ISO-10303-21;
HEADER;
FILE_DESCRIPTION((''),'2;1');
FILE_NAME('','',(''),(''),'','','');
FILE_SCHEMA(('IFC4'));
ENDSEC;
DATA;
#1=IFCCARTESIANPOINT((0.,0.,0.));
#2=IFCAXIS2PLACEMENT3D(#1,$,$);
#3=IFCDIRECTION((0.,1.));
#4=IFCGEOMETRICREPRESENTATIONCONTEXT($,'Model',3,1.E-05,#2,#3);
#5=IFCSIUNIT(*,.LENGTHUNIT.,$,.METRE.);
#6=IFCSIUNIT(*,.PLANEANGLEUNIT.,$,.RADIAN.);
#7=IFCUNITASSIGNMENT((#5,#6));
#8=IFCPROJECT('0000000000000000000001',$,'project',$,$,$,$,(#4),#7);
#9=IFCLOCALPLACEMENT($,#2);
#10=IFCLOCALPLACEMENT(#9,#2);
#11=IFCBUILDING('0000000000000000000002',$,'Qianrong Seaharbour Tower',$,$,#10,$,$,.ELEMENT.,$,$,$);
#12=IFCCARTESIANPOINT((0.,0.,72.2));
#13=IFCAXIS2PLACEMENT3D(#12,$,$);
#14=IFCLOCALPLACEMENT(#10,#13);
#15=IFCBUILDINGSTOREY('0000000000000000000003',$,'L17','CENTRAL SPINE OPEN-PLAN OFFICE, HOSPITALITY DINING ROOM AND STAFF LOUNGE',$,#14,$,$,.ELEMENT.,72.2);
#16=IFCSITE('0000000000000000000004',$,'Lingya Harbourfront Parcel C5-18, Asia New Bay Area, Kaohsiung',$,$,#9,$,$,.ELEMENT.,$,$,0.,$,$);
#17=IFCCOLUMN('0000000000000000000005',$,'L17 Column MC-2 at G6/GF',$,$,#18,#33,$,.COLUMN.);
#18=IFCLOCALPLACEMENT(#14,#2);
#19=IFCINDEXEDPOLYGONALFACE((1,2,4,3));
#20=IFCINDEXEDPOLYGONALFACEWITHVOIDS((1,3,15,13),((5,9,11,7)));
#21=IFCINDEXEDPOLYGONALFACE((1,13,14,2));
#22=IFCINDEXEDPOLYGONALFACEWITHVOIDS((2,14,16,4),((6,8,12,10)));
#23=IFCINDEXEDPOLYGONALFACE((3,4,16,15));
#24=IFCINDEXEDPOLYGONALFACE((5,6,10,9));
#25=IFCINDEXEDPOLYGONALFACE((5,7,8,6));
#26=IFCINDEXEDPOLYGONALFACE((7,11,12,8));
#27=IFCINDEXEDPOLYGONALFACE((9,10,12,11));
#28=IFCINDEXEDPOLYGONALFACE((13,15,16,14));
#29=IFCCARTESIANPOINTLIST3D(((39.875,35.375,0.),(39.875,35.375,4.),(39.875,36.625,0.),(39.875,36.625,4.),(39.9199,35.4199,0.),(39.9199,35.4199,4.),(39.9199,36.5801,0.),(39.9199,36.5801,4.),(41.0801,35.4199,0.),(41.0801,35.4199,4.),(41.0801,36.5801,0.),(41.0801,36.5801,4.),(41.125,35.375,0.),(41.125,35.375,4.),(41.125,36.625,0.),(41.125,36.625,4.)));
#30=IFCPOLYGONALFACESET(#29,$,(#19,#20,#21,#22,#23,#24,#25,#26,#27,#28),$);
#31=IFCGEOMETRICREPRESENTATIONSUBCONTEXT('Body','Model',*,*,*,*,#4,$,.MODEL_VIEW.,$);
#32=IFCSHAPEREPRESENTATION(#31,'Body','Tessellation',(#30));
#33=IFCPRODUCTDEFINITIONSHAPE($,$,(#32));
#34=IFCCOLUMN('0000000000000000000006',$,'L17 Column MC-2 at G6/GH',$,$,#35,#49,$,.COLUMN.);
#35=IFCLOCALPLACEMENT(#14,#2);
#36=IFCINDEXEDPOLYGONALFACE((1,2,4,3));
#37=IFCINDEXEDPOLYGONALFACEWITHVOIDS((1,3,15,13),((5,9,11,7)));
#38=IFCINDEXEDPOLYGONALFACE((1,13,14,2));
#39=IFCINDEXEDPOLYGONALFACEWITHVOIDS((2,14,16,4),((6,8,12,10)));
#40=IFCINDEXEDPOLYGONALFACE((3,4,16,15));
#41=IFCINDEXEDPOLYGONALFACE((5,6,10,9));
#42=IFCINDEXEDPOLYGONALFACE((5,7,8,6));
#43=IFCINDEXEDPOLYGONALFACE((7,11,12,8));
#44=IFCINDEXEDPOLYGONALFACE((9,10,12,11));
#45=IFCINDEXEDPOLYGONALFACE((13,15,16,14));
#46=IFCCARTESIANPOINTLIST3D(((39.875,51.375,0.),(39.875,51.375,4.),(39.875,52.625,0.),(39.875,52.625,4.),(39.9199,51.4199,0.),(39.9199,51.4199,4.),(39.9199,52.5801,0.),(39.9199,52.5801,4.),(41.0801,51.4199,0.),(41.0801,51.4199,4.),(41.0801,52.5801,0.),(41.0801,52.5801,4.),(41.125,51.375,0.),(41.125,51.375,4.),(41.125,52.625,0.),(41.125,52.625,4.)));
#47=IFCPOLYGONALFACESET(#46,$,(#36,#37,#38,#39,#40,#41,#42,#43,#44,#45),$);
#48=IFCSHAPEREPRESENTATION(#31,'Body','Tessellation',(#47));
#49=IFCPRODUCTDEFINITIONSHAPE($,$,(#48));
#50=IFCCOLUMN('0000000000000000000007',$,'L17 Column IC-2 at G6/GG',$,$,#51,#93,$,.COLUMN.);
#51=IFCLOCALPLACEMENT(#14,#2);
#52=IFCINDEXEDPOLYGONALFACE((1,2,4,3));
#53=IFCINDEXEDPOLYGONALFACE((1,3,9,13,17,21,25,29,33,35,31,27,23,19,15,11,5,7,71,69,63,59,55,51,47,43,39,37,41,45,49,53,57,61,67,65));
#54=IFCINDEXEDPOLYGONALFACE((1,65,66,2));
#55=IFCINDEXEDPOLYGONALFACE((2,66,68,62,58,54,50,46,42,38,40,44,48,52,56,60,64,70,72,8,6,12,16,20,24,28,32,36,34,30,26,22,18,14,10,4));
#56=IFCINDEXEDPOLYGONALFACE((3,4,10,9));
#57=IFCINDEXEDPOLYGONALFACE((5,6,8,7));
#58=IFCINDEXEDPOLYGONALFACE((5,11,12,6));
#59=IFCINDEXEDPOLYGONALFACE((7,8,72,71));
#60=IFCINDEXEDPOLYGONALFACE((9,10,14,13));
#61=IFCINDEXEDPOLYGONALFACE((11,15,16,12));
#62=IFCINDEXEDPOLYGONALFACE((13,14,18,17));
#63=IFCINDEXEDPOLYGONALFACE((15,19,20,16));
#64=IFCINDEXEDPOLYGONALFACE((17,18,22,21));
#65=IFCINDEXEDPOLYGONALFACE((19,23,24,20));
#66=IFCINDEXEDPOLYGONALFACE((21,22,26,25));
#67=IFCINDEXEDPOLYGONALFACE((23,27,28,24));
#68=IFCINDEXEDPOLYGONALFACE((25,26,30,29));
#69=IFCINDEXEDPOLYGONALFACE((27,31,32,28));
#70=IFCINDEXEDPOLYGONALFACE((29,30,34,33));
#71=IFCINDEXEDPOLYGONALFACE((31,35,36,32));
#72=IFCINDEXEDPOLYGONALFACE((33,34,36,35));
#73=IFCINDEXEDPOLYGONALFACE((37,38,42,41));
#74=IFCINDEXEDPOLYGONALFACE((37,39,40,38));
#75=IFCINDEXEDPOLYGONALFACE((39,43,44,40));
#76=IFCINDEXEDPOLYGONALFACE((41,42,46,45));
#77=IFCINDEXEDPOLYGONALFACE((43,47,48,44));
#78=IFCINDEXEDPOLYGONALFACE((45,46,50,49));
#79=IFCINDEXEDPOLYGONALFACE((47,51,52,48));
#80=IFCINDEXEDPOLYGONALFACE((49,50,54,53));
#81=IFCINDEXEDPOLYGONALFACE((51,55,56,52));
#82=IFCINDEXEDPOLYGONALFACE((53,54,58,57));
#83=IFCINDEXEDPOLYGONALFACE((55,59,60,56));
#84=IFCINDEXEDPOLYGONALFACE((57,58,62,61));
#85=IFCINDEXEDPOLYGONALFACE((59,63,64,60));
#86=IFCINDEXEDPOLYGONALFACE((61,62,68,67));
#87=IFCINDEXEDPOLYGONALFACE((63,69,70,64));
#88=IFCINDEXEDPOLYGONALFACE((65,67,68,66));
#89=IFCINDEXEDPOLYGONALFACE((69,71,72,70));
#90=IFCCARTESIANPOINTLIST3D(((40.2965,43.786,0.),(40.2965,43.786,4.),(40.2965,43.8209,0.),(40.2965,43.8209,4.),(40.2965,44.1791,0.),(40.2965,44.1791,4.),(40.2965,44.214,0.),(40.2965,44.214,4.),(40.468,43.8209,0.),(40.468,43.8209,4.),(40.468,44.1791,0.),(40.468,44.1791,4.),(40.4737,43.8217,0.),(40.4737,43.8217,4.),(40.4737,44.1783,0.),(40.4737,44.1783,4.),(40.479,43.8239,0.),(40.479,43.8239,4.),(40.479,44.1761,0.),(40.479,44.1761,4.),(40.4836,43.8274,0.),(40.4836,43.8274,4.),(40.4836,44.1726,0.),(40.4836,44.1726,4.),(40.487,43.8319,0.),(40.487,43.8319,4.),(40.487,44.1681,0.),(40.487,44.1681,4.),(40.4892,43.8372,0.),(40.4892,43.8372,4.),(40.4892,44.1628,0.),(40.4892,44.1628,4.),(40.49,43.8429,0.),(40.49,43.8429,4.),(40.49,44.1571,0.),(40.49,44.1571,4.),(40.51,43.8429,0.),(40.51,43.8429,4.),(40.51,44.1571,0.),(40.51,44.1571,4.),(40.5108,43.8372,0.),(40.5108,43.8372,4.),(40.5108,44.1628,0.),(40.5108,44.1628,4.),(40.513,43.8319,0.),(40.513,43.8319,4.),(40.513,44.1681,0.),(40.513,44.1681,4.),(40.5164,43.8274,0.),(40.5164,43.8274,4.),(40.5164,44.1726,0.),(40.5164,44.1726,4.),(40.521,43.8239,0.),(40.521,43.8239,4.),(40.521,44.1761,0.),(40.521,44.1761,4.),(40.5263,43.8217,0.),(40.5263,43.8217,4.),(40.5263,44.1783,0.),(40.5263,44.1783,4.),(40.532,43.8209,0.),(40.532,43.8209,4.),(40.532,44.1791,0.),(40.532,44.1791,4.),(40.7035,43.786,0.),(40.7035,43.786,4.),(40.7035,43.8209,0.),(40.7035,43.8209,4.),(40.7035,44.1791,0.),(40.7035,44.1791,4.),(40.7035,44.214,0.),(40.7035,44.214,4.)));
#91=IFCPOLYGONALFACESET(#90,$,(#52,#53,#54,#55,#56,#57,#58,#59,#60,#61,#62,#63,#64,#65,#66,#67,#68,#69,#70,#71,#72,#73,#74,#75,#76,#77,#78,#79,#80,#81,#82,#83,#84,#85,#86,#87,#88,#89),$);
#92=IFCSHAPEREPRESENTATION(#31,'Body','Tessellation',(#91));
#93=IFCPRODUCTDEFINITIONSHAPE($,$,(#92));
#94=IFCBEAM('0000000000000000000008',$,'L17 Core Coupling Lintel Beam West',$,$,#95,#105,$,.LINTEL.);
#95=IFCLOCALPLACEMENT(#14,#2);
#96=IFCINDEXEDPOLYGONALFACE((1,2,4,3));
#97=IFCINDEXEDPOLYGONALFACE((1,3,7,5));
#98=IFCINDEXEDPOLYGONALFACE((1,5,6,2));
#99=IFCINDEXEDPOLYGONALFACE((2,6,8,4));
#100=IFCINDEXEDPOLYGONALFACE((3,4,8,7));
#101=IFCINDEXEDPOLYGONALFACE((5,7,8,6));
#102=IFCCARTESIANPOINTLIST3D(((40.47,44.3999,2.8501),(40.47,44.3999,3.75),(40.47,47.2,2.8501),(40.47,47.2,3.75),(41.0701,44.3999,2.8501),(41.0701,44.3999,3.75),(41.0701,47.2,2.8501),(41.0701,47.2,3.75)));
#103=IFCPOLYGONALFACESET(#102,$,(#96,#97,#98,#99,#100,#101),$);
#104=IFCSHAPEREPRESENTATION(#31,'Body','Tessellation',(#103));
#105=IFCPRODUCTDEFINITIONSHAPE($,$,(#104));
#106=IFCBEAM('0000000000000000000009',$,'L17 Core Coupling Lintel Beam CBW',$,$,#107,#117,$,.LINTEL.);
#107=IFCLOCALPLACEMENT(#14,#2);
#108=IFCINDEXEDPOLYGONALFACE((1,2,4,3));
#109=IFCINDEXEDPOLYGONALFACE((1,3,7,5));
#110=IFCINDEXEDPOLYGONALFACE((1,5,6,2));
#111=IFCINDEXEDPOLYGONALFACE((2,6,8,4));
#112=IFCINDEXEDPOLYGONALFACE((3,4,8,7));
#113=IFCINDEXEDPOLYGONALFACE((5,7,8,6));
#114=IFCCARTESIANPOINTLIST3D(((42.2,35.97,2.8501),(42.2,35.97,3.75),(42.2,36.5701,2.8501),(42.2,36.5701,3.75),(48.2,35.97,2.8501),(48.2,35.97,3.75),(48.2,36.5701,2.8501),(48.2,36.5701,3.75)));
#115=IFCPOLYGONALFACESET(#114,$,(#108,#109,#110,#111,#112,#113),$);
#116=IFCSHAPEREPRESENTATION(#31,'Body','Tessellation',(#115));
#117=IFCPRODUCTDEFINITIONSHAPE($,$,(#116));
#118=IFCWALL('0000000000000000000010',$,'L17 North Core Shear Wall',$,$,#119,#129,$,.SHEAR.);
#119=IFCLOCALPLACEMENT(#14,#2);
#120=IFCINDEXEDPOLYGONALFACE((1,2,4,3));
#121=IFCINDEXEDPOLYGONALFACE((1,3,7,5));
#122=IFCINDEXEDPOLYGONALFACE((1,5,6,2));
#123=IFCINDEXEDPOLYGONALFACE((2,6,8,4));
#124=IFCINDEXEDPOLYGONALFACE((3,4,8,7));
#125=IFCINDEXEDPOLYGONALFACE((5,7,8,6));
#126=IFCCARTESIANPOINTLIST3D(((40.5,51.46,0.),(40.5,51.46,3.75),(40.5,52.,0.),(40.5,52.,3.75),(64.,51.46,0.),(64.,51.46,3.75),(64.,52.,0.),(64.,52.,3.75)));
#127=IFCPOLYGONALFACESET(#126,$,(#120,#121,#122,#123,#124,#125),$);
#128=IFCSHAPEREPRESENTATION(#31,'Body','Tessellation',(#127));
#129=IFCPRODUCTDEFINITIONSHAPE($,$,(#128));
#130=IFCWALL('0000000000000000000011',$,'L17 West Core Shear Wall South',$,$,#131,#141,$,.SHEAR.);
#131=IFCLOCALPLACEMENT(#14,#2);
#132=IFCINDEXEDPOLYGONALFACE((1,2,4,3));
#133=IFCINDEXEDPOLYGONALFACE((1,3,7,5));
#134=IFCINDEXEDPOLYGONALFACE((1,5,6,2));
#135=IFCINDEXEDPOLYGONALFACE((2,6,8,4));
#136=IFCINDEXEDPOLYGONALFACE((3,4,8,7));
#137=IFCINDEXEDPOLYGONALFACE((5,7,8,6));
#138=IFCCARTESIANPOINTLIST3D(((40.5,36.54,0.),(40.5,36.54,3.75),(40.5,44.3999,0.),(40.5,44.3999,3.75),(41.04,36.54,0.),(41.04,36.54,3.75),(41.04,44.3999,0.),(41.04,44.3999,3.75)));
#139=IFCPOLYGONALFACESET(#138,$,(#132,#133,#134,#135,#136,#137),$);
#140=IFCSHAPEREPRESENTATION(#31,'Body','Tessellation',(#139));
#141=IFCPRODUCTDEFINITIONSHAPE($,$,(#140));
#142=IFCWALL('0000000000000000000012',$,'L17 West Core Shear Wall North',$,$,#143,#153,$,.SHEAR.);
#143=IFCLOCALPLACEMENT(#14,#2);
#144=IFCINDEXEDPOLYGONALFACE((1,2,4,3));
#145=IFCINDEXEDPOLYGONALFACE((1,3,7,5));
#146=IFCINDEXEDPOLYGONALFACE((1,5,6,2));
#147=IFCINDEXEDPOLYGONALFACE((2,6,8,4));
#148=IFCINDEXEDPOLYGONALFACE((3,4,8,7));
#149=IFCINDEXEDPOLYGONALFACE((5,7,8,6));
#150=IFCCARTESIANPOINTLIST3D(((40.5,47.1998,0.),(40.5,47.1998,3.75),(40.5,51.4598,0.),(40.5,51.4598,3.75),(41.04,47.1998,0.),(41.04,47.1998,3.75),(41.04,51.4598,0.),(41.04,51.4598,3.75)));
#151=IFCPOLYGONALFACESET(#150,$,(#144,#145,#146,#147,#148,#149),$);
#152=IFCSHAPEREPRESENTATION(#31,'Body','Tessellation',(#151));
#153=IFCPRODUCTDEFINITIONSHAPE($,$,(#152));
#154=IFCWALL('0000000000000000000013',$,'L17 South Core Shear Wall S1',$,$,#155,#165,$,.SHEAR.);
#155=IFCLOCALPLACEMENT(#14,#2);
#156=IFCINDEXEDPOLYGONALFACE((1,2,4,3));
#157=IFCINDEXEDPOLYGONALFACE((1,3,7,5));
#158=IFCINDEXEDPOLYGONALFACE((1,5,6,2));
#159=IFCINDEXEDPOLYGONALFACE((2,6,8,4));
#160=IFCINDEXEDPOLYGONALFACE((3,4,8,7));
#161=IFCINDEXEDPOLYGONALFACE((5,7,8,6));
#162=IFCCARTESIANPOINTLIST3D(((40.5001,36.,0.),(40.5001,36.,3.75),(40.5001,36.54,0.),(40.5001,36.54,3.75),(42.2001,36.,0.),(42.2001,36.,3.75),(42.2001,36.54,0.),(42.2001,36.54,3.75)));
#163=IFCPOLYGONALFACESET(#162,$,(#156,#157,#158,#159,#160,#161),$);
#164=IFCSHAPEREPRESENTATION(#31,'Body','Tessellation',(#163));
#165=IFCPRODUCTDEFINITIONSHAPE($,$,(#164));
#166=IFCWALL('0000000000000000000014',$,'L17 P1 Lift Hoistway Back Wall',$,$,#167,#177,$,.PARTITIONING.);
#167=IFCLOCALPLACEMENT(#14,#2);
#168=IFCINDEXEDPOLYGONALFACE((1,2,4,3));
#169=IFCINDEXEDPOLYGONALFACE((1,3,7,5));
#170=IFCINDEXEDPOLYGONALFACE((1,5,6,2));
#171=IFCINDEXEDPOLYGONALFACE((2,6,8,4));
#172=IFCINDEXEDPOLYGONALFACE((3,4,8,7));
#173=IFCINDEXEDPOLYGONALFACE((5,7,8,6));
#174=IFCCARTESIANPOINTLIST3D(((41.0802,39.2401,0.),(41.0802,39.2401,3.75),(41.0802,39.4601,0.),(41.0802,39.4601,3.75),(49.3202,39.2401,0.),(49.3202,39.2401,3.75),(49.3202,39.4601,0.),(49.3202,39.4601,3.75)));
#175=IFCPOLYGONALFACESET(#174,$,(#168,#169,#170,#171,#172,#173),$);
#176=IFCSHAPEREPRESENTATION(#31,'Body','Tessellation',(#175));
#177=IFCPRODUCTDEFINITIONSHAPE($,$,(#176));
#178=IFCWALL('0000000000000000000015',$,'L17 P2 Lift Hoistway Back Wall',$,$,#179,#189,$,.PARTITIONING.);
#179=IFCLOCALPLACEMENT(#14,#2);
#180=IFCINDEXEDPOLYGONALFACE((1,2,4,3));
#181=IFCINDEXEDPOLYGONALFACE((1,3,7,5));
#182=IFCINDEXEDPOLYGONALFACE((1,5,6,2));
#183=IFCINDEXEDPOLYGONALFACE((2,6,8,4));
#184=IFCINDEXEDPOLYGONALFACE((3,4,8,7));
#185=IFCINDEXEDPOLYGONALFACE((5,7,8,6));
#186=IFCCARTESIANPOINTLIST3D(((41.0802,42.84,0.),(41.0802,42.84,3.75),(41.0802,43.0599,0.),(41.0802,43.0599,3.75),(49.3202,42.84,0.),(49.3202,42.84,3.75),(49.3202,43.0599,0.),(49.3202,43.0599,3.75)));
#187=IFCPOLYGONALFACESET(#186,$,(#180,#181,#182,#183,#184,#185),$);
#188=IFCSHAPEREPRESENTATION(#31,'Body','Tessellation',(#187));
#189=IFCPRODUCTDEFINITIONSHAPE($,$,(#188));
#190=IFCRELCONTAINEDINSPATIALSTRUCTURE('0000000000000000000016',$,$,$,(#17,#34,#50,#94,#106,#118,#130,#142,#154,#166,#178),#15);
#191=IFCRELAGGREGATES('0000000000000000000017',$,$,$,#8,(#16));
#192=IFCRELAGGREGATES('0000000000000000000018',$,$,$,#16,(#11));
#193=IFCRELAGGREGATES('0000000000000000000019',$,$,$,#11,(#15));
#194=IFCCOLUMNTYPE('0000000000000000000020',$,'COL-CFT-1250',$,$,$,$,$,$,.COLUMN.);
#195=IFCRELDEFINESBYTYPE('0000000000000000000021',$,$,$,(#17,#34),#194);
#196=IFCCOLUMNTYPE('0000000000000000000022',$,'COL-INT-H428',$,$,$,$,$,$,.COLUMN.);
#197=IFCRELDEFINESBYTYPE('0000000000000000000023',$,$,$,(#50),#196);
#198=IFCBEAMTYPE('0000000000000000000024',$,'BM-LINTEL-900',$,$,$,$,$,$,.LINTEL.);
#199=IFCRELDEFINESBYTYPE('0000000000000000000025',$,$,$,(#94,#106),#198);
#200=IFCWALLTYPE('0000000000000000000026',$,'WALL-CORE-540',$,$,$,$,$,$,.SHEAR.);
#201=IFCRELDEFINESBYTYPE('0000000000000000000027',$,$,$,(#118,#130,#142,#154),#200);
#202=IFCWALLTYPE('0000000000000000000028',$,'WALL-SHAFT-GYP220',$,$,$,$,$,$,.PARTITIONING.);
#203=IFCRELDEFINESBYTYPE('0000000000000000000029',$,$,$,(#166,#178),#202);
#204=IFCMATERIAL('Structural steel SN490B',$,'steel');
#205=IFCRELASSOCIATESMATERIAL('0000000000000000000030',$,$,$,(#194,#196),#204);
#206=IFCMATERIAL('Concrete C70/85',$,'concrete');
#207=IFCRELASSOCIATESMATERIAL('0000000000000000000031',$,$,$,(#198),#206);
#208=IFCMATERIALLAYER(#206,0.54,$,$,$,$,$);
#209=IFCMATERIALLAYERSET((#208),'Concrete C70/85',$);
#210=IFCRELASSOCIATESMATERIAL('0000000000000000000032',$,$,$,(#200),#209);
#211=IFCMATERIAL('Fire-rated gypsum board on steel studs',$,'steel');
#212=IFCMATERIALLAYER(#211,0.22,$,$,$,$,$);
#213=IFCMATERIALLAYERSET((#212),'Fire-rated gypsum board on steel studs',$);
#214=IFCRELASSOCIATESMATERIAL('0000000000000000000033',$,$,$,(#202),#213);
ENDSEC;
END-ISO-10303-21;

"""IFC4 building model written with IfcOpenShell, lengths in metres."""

from ifc_helpers import new_model, si_unit, direction, frame, frame_2d, origin, origin_2d, place, context, subcontext, project, spatial, rectangle, hollow_rectangle, i_section, extrude, material, layer, layer_set, material_profile, profile_set, type_object, element, save


model = new_model("IFC4")

# Units and contexts
model_context = context("Model", 3, precision=1e-05, world=origin(), true_north=direction((0.0, 1.0)))
body_context = subcontext(model_context, "Body", "Model", "MODEL_VIEW")
ifc_project = project(units=[si_unit("LENGTHUNIT", "METRE"), si_unit("PLANEANGLEUNIT", "RADIAN")], contexts=[model_context])

# Site, building, storey
site_placement = place(None, origin())
site = spatial("IfcSite", under=ifc_project, at=site_placement, Name="Lingya Harbourfront Parcel C5-18, Asia New Bay Area, Kaohsiung", CompositionType="ELEMENT", RefElevation=0.0)
building_placement = place(site_placement, origin())
building = spatial("IfcBuilding", under=site, at=building_placement, Name="Qianrong Seaharbour Tower", CompositionType="ELEMENT")
storey_placement = place(building_placement, frame((0.0, 0.0, 72.2)))
storey = spatial("IfcBuildingStorey", under=building, at=storey_placement, Name="L17", Description="CENTRAL SPINE OPEN-PLAN OFFICE, HOSPITALITY DINING ROOM AND STAFF LOUNGE", CompositionType="ELEMENT", Elevation=72.2)

# Columns
ifc_material_1 = material(Name="Structural steel SN490B", Category="steel")
ifc_material_profile_1 = material_profile(ifc_material_1, hollow_rectangle(XDim=1.25, YDim=1.25, WallThickness=0.0449, at=origin_2d()), Name="BOX1250x1250x45")
ifc_profile_set_1 = profile_set([ifc_material_profile_1], Name="Structural steel SN490B")
column_type_1 = type_object("IfcColumnType", Name="COL-CFT-1250", PredefinedType="COLUMN", material=ifc_profile_set_1)
for number, where, z_axis, x_axis, name in (
    (1, (40.5, 36.0, 0.0), (0.0, 0.0, 1.0), (1.0, 0.0, 0.0), "L17 Column MC-2 at G6/GF"),
    (2, (40.5, 52.0, 0.0), (0.0, 0.0, 1.0), (1.0, 0.0, 0.0), "L17 Column MC-2 at G6/GH"),
):
    element("IfcColumn", number, at=place(storey_placement, frame(where, z_axis=z_axis, x_axis=x_axis)), inside=storey, type_object=column_type_1, Name=name, PredefinedType="COLUMN", context=body_context, shape_type="SweptSolid", body=[
        extrude(hollow_rectangle(XDim=1.25, YDim=1.25, WallThickness=0.0449, at=origin_2d()), origin(), (0.0, 0.0, 1.0), 4.0),
    ])
ifc_material_profile_2 = material_profile(ifc_material_1, i_section(OverallWidth=0.407, OverallDepth=0.428, WebThickness=0.02, FlangeThickness=0.0349, FilletRadius=0.022, at=origin_2d()), Name="H428x407x20x35")
ifc_profile_set_2 = profile_set([ifc_material_profile_2], Name="Structural steel SN490B")
column_type_2 = type_object("IfcColumnType", Name="COL-INT-H428", PredefinedType="COLUMN", material=ifc_profile_set_2)
column_placement = place(storey_placement, frame((40.5, 44.0, 0.0), z_axis=(0.0, 0.0, 1.0), x_axis=(1.0, 0.0, 0.0)))
element("IfcColumn", 3, at=column_placement, inside=storey, type_object=column_type_2, Name="L17 Column IC-2 at G6/GG", PredefinedType="COLUMN", context=body_context, shape_type="SweptSolid", body=[
    extrude(i_section(OverallWidth=0.407, OverallDepth=0.428, WebThickness=0.02, FlangeThickness=0.0349, FilletRadius=0.022, at=origin_2d()), origin(), (0.0, 0.0, 1.0), 4.0),
])

# Beams
ifc_material_2 = material(Name="Concrete C70/85", Category="concrete")
ifc_material_profile_3 = material_profile(ifc_material_2, rectangle(XDim=0.6001, YDim=0.8999, at=origin_2d()), Name="RC600x900")
ifc_profile_set_3 = profile_set([ifc_material_profile_3], Name="Concrete C70/85")
beam_type = type_object("IfcBeamType", Name="BM-LINTEL-900", PredefinedType="LINTEL", material=ifc_profile_set_3)
beam_1_placement = place(storey_placement, frame((40.77, 44.3999, 3.3), z_axis=(0.0, 1.0, 0.0), x_axis=(-1.0, 0.0, 0.0)))
element("IfcBeam", 4, at=beam_1_placement, inside=storey, type_object=beam_type, Name="L17 Core Coupling Lintel Beam West", PredefinedType="LINTEL", context=body_context, shape_type="SweptSolid", body=[
    extrude(rectangle(XDim=0.6001, YDim=0.8999, at=origin_2d()), origin(), (0.0, 0.0, 1.0), 2.8),
])
beam_2_placement = place(storey_placement, frame((42.2, 36.27, 3.3), z_axis=(1.0, 0.0, 0.0), x_axis=(0.0, 1.0, 0.0)))
element("IfcBeam", 5, at=beam_2_placement, inside=storey, type_object=beam_type, Name="L17 Core Coupling Lintel Beam CBW", PredefinedType="LINTEL", context=body_context, shape_type="SweptSolid", body=[
    extrude(rectangle(XDim=0.6001, YDim=0.8999, at=origin_2d()), origin(), (0.0, 0.0, 1.0), 6.0),
])

# Walls
ifc_layer_1 = layer(ifc_material_2, 0.54)
ifc_layer_set_1 = layer_set([ifc_layer_1], Name="Concrete C70/85")
wall_type_1 = type_object("IfcWallType", Name="WALL-CORE-540", PredefinedType="SHEAR", material=ifc_layer_set_1)
wall_1_placement = place(storey_placement, frame((40.5, 51.73, 0.0), z_axis=(0.0, 0.0, 1.0), x_axis=(1.0, 0.0, 0.0)))
element("IfcWall", 6, at=wall_1_placement, inside=storey, type_object=wall_type_1, Name="L17 North Core Shear Wall", PredefinedType="SHEAR", context=body_context, shape_type="SweptSolid", body=[
    extrude(rectangle(XDim=23.5, YDim=0.54, at=frame_2d((11.75, 0.0))), origin(), (0.0, 0.0, 1.0), 3.75),
])
wall_2_placement = place(storey_placement, frame((40.77, 36.54, 0.0), z_axis=(0.0, 0.0, 1.0), x_axis=(0.0, 1.0, 0.0)))
element("IfcWall", 7, at=wall_2_placement, inside=storey, type_object=wall_type_1, Name="L17 West Core Shear Wall South", PredefinedType="SHEAR", context=body_context, shape_type="SweptSolid", body=[
    extrude(rectangle(XDim=7.8599, YDim=0.54, at=frame_2d((3.9299, 0.0))), origin(), (0.0, 0.0, 1.0), 3.75),
])
wall_3_placement = place(storey_placement, frame((40.77, 47.2, 0.0), z_axis=(0.0, 0.0, 1.0), x_axis=(0.0, 1.0, 0.0)))
element("IfcWall", 8, at=wall_3_placement, inside=storey, type_object=wall_type_1, Name="L17 West Core Shear Wall North", PredefinedType="SHEAR", context=body_context, shape_type="SweptSolid", body=[
    extrude(rectangle(XDim=4.26, YDim=0.54, at=frame_2d((2.1299, 0.0))), origin(), (0.0, 0.0, 1.0), 3.75),
])
wall_4_placement = place(storey_placement, frame((40.5, 36.27, 0.0), z_axis=(0.0, 0.0, 1.0), x_axis=(1.0, 0.0, 0.0)))
element("IfcWall", 9, at=wall_4_placement, inside=storey, type_object=wall_type_1, Name="L17 South Core Shear Wall S1", PredefinedType="SHEAR", context=body_context, shape_type="SweptSolid", body=[
    extrude(rectangle(XDim=1.7, YDim=0.54, at=frame_2d((0.8501, 0.0))), origin(), (0.0, 0.0, 1.0), 3.75),
])

# Walls
ifc_material_3 = material(Name="Fire-rated gypsum board on steel studs", Category="steel")
ifc_layer_2 = layer(ifc_material_3, 0.22)
ifc_layer_set_2 = layer_set([ifc_layer_2], Name="Fire-rated gypsum board on steel studs")
wall_type_2 = type_object("IfcWallType", Name="WALL-SHAFT-GYP220", PredefinedType="PARTITIONING", material=ifc_layer_set_2)
for number, where, z_axis, x_axis, name in (
    (10, (41.0801, 39.3501, 0.0), (0.0, 0.0, 1.0), (1.0, 0.0, 0.0), "L17 P1 Lift Hoistway Back Wall"),
    (11, (41.0801, 42.95, 0.0), (0.0, 0.0, 1.0), (1.0, 0.0, 0.0), "L17 P2 Lift Hoistway Back Wall"),
):
    element("IfcWall", number, at=place(storey_placement, frame(where, z_axis=z_axis, x_axis=x_axis)), inside=storey, type_object=wall_type_2, Name=name, PredefinedType="PARTITIONING", context=body_context, shape_type="SweptSolid", body=[
        extrude(rectangle(XDim=8.24, YDim=0.22, at=frame_2d((4.1201, 0.0))), origin(), (0.0, 0.0, 1.0), 3.75),
    ])

save(model, "model.ifc")
